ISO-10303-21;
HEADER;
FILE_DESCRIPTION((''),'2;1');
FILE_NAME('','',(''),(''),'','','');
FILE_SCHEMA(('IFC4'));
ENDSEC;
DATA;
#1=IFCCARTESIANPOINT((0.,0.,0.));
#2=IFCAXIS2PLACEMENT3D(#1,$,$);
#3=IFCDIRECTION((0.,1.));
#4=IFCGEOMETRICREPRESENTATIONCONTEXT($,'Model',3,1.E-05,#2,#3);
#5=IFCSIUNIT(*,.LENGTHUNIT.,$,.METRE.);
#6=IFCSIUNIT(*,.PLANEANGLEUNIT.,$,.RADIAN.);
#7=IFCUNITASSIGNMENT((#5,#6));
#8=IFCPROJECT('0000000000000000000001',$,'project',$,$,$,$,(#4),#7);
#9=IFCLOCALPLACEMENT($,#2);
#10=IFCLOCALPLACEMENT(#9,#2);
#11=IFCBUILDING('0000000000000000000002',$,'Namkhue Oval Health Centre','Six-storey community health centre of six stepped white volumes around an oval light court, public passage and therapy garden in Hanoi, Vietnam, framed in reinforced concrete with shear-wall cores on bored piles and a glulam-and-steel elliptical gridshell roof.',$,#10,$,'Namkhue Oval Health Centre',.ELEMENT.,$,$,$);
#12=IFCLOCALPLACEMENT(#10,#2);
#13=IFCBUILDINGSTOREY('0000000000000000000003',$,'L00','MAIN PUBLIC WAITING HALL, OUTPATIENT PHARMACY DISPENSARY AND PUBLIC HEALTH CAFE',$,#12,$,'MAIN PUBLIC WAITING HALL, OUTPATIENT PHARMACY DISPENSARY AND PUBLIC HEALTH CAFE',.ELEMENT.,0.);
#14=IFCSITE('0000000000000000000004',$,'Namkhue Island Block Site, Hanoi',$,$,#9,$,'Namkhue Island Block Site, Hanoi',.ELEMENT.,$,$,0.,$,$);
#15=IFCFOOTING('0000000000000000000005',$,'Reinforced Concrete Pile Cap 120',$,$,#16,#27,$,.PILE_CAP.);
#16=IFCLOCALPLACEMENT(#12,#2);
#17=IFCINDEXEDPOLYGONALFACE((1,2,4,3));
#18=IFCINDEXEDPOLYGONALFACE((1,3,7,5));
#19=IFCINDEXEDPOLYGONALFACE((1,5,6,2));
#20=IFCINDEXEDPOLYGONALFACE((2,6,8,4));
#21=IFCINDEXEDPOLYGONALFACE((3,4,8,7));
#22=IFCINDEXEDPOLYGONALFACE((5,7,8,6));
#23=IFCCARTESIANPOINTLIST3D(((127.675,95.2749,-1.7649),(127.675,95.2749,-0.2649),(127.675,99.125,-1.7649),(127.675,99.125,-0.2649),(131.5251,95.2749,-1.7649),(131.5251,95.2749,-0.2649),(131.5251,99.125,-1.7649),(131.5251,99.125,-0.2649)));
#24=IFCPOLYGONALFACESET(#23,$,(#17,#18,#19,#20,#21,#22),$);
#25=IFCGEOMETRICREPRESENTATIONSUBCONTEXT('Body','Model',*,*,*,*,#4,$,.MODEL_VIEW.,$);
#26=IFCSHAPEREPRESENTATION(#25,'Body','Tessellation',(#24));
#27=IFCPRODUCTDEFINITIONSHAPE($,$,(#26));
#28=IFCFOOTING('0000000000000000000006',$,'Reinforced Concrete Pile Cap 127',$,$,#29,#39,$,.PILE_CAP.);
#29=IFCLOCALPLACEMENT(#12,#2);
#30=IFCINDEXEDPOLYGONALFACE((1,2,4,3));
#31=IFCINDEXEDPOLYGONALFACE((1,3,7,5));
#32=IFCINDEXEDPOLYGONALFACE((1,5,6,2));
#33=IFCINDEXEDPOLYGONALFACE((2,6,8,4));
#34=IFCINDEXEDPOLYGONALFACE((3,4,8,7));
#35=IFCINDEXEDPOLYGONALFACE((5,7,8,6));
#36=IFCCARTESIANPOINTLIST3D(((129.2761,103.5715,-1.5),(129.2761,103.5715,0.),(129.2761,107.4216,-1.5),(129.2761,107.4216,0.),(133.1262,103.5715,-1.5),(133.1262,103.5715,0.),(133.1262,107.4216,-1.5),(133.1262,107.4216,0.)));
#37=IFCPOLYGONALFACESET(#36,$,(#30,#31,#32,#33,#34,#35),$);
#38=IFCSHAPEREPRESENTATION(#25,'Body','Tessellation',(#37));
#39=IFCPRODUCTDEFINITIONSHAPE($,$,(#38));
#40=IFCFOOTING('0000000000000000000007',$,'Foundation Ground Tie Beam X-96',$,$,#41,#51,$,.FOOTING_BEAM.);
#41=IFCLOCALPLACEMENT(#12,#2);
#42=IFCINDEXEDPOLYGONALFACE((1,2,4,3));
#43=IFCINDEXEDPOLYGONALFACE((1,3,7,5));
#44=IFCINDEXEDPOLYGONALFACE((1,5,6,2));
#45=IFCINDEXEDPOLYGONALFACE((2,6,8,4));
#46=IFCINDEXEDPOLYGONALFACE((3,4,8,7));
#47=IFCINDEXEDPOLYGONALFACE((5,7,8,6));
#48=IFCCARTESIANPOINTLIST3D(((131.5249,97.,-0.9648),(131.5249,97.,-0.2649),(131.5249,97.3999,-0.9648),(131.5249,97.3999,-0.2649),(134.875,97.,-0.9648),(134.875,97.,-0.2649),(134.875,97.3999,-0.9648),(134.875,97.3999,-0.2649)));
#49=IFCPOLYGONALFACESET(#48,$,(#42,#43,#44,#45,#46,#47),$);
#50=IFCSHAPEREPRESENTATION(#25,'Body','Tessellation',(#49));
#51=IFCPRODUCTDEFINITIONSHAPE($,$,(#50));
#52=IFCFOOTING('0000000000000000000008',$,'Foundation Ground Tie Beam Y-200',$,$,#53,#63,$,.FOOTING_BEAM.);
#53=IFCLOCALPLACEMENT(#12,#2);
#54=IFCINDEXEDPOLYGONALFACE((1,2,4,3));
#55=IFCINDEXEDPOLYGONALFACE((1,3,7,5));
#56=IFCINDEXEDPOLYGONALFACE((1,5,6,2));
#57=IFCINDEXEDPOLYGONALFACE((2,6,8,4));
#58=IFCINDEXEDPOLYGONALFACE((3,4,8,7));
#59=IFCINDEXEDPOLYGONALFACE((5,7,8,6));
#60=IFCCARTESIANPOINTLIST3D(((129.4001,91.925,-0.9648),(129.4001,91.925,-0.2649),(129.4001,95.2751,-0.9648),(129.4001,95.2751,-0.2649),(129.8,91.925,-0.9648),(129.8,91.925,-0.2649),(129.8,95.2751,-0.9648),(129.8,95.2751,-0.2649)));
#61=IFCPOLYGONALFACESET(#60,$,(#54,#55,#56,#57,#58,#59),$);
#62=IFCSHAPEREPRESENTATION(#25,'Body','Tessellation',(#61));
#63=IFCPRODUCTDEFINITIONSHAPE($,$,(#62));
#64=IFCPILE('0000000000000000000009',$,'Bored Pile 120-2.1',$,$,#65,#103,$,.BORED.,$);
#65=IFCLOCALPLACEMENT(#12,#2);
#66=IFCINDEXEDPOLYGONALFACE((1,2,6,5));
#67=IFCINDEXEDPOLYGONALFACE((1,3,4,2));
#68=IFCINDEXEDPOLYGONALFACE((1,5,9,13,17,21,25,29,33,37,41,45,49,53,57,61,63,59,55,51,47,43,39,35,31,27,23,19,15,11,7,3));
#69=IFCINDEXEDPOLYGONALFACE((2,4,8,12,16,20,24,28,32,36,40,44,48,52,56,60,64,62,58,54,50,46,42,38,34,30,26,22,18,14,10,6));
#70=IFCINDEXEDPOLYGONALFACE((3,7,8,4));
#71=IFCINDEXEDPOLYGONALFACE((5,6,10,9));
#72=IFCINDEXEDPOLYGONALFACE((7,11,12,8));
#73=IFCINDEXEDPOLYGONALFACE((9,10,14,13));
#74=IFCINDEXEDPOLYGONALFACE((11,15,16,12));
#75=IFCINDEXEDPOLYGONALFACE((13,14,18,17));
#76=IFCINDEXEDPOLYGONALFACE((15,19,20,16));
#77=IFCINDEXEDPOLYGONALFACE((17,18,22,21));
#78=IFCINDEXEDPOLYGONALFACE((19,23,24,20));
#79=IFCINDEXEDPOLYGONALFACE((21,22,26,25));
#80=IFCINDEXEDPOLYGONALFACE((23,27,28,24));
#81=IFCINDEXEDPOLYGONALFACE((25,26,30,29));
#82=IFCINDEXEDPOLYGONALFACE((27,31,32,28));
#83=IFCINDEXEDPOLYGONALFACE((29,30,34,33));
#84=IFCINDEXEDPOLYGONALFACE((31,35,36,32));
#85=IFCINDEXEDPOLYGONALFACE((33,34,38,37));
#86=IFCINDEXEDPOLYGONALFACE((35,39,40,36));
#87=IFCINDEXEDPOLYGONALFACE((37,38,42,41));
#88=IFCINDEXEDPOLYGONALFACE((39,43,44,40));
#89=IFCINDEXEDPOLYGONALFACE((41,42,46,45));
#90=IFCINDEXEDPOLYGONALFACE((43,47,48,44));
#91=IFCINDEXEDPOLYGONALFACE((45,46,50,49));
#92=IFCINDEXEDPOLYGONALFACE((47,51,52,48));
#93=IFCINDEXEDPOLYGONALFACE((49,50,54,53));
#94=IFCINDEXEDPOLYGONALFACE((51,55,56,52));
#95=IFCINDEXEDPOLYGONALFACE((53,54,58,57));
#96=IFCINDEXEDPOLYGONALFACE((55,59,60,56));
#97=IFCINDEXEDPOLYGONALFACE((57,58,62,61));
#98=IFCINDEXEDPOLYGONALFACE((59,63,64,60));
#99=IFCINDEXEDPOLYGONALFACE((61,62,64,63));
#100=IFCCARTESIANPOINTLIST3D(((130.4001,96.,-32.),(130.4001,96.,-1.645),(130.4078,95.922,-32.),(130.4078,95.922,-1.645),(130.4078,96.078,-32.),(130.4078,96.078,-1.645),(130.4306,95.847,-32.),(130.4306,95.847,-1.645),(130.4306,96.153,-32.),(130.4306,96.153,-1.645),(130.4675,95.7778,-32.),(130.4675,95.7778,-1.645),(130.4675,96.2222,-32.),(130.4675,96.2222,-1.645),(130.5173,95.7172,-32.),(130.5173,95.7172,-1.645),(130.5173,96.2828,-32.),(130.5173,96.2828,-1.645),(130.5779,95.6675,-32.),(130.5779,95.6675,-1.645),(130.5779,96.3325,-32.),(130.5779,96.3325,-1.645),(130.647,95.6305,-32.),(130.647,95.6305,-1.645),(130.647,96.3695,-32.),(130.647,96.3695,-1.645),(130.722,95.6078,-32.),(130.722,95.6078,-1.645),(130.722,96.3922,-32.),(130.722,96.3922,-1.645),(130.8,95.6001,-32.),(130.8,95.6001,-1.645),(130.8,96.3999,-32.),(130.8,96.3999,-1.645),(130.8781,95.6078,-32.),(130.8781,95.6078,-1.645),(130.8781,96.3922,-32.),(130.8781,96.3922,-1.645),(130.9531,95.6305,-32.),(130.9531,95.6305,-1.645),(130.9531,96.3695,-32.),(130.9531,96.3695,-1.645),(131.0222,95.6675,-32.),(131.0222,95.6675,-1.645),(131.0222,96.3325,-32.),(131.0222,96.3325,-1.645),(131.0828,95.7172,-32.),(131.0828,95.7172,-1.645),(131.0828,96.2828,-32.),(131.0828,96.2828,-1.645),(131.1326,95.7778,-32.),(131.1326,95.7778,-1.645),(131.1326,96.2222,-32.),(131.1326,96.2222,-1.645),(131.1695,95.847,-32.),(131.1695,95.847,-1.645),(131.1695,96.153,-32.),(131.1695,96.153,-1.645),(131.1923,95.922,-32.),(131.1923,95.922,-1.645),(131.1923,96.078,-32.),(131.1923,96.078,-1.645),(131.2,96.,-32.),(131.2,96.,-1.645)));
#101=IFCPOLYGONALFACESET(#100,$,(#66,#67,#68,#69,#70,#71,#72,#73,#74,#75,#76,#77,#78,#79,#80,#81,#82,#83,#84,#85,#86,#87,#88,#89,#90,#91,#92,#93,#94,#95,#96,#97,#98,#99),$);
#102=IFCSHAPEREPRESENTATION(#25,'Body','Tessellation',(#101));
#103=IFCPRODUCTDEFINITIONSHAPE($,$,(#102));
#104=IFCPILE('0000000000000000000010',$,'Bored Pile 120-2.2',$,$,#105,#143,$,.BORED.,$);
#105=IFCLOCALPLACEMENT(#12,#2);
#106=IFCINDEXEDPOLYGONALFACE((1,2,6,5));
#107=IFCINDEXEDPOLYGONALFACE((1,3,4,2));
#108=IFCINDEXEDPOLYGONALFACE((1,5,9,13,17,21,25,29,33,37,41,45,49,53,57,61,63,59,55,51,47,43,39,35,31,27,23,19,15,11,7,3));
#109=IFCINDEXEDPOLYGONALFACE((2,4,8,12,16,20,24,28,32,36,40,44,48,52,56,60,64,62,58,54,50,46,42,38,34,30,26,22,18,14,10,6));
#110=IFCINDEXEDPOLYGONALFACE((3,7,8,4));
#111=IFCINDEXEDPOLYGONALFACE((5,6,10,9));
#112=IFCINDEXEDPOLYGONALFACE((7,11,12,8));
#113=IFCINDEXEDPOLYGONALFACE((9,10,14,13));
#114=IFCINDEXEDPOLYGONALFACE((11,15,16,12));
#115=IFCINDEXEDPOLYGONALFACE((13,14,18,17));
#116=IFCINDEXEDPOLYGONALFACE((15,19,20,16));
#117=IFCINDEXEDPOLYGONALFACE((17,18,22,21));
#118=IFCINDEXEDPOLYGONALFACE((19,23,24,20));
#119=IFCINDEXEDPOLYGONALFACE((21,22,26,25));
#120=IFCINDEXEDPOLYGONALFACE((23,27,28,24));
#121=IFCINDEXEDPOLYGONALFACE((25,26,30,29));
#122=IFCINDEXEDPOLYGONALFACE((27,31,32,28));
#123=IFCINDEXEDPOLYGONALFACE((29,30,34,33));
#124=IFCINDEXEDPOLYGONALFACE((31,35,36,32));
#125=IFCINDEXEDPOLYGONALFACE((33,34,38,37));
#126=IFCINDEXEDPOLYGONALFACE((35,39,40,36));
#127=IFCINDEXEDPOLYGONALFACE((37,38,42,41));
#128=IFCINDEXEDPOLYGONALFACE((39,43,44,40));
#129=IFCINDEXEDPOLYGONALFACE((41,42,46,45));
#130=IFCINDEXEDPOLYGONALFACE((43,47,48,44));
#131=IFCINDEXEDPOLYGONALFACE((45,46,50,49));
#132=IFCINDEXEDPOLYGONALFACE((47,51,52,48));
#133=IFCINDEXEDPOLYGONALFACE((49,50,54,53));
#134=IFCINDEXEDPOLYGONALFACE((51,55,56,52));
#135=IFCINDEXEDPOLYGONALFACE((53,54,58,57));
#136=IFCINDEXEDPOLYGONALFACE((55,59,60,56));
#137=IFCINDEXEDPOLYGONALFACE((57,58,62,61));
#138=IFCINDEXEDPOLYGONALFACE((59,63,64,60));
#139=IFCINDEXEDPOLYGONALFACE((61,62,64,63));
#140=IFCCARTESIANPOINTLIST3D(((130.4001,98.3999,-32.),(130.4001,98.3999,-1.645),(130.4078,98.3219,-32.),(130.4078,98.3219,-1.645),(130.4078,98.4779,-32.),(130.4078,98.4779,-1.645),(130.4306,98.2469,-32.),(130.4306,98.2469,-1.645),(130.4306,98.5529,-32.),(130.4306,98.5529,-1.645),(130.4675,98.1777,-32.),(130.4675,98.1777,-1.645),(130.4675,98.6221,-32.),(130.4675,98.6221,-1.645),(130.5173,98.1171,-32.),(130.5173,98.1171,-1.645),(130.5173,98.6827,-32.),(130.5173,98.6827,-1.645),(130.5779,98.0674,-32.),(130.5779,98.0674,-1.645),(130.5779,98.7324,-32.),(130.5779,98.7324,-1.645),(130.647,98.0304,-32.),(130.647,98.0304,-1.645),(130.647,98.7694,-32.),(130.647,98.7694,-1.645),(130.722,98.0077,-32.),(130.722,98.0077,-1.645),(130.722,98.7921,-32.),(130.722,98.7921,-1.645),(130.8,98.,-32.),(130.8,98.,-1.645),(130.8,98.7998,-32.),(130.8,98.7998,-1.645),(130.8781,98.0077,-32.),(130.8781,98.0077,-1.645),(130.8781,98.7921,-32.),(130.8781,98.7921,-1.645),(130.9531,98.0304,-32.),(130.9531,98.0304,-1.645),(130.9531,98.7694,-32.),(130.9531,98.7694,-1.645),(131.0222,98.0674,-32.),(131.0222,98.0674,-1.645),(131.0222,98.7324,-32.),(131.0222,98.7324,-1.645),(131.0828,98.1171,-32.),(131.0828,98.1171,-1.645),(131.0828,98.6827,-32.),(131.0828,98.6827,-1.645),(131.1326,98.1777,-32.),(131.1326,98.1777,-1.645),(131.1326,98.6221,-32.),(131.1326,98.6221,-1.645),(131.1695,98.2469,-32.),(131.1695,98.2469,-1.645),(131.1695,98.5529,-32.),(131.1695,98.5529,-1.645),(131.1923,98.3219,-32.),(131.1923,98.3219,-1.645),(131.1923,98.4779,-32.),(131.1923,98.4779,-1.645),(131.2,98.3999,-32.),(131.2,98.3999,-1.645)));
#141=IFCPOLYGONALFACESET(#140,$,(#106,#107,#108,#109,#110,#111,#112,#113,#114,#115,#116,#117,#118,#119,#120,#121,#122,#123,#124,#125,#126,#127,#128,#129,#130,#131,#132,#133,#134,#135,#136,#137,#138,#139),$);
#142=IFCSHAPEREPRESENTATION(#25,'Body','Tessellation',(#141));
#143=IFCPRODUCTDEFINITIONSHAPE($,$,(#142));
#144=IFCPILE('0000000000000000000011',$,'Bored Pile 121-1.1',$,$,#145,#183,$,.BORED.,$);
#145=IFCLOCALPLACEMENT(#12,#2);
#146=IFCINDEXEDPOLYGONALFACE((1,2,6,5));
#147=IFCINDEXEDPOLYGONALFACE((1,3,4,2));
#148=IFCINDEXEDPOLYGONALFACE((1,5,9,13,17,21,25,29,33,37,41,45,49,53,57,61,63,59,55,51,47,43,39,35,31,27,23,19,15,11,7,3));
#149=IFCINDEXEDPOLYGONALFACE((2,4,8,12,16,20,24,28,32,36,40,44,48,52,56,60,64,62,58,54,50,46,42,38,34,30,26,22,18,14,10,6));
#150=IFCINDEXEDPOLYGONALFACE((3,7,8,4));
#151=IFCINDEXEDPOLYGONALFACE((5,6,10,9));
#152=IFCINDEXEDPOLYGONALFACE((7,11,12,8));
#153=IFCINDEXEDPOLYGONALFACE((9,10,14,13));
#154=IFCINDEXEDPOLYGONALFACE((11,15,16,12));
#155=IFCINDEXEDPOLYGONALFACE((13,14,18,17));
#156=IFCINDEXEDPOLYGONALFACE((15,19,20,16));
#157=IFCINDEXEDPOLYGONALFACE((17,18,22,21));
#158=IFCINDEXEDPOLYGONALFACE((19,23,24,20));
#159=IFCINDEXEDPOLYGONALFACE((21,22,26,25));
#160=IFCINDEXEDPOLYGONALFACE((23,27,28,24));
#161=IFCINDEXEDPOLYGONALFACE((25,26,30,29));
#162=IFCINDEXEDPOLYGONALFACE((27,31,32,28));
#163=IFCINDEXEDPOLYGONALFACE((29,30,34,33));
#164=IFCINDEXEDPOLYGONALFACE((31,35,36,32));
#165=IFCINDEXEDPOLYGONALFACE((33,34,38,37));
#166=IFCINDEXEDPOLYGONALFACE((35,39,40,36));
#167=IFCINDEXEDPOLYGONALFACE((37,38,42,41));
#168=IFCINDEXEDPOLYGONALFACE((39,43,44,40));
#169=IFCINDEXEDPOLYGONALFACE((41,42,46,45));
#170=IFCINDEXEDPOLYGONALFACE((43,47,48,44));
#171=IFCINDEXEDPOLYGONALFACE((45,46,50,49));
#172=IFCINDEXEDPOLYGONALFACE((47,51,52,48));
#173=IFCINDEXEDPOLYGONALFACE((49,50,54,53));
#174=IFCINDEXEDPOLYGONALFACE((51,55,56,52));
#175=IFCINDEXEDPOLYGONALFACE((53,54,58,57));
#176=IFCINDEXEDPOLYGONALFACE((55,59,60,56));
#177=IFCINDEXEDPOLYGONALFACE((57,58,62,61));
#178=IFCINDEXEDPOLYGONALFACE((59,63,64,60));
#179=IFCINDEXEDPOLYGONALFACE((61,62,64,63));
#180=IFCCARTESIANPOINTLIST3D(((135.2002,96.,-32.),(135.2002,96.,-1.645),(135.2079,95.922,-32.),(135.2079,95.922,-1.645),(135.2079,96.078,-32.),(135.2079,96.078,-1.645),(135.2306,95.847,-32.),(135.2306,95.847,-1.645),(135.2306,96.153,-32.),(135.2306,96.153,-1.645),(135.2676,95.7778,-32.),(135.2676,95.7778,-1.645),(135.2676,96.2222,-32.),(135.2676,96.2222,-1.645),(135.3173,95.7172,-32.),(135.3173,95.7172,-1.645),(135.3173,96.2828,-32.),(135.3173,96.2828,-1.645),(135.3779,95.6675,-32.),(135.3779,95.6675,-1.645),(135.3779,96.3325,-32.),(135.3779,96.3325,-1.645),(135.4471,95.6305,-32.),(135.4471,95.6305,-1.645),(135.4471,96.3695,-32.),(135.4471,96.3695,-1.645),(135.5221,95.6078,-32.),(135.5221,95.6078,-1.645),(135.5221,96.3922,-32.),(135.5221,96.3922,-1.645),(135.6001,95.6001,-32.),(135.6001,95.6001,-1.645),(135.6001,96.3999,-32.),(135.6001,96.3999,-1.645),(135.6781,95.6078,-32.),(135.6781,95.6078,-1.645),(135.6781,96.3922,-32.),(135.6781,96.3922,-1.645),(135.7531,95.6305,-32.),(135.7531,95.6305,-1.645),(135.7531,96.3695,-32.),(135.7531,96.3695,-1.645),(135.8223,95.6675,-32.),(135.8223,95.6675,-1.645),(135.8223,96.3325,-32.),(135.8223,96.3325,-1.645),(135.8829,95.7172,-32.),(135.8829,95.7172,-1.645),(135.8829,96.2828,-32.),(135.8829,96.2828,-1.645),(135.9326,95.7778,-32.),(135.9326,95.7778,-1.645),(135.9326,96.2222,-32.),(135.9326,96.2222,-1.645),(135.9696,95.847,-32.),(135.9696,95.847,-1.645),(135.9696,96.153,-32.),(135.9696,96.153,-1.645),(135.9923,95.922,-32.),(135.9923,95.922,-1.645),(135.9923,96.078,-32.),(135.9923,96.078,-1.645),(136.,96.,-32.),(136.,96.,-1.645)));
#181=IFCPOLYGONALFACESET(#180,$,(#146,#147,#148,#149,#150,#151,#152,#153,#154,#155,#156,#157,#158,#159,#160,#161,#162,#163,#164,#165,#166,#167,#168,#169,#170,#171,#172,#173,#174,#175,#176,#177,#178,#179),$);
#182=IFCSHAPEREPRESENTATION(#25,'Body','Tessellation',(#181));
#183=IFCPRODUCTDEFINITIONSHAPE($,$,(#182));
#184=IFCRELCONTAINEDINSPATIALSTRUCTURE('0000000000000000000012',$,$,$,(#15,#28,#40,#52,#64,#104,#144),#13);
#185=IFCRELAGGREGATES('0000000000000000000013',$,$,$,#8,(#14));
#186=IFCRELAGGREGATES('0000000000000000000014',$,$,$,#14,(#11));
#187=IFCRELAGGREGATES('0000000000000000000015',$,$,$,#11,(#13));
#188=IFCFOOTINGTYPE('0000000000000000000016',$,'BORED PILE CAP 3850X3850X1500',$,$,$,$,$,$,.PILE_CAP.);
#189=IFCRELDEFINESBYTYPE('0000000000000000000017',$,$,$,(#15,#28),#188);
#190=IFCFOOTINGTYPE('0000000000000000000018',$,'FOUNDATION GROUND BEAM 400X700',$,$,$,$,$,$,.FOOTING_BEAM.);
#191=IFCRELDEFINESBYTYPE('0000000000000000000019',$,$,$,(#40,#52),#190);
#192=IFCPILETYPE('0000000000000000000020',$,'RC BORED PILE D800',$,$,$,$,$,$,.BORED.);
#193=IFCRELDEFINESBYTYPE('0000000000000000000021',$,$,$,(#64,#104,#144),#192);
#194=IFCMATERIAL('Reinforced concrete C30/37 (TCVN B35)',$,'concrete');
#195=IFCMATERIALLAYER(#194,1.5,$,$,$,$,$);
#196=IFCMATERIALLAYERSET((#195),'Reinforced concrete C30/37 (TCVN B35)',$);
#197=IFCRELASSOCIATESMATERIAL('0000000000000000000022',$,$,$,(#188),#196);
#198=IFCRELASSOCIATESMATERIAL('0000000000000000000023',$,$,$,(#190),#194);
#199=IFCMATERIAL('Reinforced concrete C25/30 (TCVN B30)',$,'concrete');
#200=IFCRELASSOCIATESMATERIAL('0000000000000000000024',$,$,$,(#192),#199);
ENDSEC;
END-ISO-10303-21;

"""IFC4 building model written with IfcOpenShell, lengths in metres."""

from ifc_helpers import new_model, si_unit, direction, frame, origin, origin_2d, place, context, subcontext, project, spatial, rectangle, circle, extrude, material, layer, layer_set, material_profile, profile_set, type_object, element, save


model = new_model("IFC4")

# Units and contexts
model_context = context("Model", 3, precision=1e-05, world=origin(), true_north=direction((0.0, 1.0)))
body_context = subcontext(model_context, "Body", "Model", "MODEL_VIEW")
ifc_project = project(units=[si_unit("LENGTHUNIT", "METRE"), si_unit("PLANEANGLEUNIT", "RADIAN")], contexts=[model_context])

# Site, building, storey
site_placement = place(None, origin())
site = spatial("IfcSite", under=ifc_project, at=site_placement, Name="Namkhue Island Block Site, Hanoi", LongName="Namkhue Island Block Site, Hanoi", CompositionType="ELEMENT", RefElevation=0.0)
building_placement = place(site_placement, origin())
building = spatial("IfcBuilding", under=site, at=building_placement, Name="Namkhue Oval Health Centre", Description="Six-storey community health centre of six stepped white volumes around an oval light court, public passage and therapy garden in Hanoi, Vietnam, framed in reinforced concrete with shear-wall cores on bored piles and a glulam-and-steel elliptical gridshell roof.", LongName="Namkhue Oval Health Centre", CompositionType="ELEMENT")
storey_placement = place(building_placement, origin())
storey = spatial("IfcBuildingStorey", under=building, at=storey_placement, Name="L00", Description="MAIN PUBLIC WAITING HALL, OUTPATIENT PHARMACY DISPENSARY AND PUBLIC HEALTH CAFE", LongName="MAIN PUBLIC WAITING HALL, OUTPATIENT PHARMACY DISPENSARY AND PUBLIC HEALTH CAFE", CompositionType="ELEMENT", Elevation=0.0)

# Footings
ifc_material_1 = material(Name="Reinforced concrete C30/37 (TCVN B35)", Category="concrete")
ifc_layer_1 = layer(ifc_material_1, 1.5)
ifc_layer_set_1 = layer_set([ifc_layer_1], Name="Reinforced concrete C30/37 (TCVN B35)")
footing_type_1 = type_object("IfcFootingType", Name="BORED PILE CAP 3850X3850X1500", PredefinedType="PILE_CAP", material=ifc_layer_set_1)
for number, where, z_axis, x_axis, name in (
    (1, (129.6001, 97.2, -1.7649), (0.0, 0.0, 1.0), (1.0, 0.0, 0.0), "Reinforced Concrete Pile Cap 120"),
    (2, (131.2012, 105.4966, -1.5), (0.0, 0.0, 1.0), (1.0, 0.0, 0.0), "Reinforced Concrete Pile Cap 127"),
):
    element("IfcFooting", number, at=place(storey_placement, frame(where, z_axis=z_axis, x_axis=x_axis)), inside=storey, type_object=footing_type_1, Name=name, PredefinedType="PILE_CAP", context=body_context, shape_type="SweptSolid", body=[
        extrude(rectangle(XDim=3.8501, YDim=3.8501, at=origin_2d()), origin(), (0.0, 0.0, 1.0), 1.5),
    ])
footing_type_2 = type_object("IfcFootingType", Name="FOUNDATION GROUND BEAM 400X700", PredefinedType="FOOTING_BEAM", material=ifc_material_1)
for number, where, z_axis, x_axis, name in (
    (3, (133.2, 97.2, -0.9648), (0.0, 0.0, 1.0), (1.0, 0.0, 0.0), "Foundation Ground Tie Beam X-96"),
    (4, (129.6001, 93.6001, -0.9648), (0.0, 0.0, 1.0), (0.0, 1.0, 0.0), "Foundation Ground Tie Beam Y-200"),
):
    element("IfcFooting", number, at=place(storey_placement, frame(where, z_axis=z_axis, x_axis=x_axis)), inside=storey, type_object=footing_type_2, Name=name, PredefinedType="FOOTING_BEAM", context=body_context, shape_type="SweptSolid", body=[
        extrude(rectangle(XDim=3.3501, YDim=0.3999, at=origin_2d()), origin(), (0.0, 0.0, 1.0), 0.7),
    ])

# Piles
ifc_material_2 = material(Name="Reinforced concrete C25/30 (TCVN B30)", Category="concrete")
ifc_material_profile_1 = material_profile(ifc_material_2, circle(Radius=0.3999, at=origin_2d()), Name="BORED PILE D800")
ifc_profile_set_1 = profile_set([ifc_material_profile_1], Name="Reinforced concrete C25/30 (TCVN B30)")
pile_type = type_object("IfcPileType", Name="RC BORED PILE D800", PredefinedType="BORED", material=ifc_profile_set_1)
for number, where, z_axis, x_axis, name in (
    (5, (130.8, 96.0, -1.645), (0.0, 0.0, -1.0), (1.0, 0.0, 0.0), "Bored Pile 120-2.1"),
    (6, (130.8, 98.3999, -1.645), (0.0, 0.0, -1.0), (1.0, 0.0, 0.0), "Bored Pile 120-2.2"),
    (7, (135.6001, 96.0, -1.645), (0.0, 0.0, -1.0), (1.0, 0.0, 0.0), "Bored Pile 121-1.1"),
):
    element("IfcPile", number, at=place(storey_placement, frame(where, z_axis=z_axis, x_axis=x_axis)), inside=storey, type_object=pile_type, Name=name, PredefinedType="BORED", context=body_context, shape_type="SweptSolid", body=[
        extrude(circle(Radius=0.3999, at=origin_2d()), origin(), (0.0, 0.0, 1.0), 30.355),
    ])

save(model, "model.ifc")
